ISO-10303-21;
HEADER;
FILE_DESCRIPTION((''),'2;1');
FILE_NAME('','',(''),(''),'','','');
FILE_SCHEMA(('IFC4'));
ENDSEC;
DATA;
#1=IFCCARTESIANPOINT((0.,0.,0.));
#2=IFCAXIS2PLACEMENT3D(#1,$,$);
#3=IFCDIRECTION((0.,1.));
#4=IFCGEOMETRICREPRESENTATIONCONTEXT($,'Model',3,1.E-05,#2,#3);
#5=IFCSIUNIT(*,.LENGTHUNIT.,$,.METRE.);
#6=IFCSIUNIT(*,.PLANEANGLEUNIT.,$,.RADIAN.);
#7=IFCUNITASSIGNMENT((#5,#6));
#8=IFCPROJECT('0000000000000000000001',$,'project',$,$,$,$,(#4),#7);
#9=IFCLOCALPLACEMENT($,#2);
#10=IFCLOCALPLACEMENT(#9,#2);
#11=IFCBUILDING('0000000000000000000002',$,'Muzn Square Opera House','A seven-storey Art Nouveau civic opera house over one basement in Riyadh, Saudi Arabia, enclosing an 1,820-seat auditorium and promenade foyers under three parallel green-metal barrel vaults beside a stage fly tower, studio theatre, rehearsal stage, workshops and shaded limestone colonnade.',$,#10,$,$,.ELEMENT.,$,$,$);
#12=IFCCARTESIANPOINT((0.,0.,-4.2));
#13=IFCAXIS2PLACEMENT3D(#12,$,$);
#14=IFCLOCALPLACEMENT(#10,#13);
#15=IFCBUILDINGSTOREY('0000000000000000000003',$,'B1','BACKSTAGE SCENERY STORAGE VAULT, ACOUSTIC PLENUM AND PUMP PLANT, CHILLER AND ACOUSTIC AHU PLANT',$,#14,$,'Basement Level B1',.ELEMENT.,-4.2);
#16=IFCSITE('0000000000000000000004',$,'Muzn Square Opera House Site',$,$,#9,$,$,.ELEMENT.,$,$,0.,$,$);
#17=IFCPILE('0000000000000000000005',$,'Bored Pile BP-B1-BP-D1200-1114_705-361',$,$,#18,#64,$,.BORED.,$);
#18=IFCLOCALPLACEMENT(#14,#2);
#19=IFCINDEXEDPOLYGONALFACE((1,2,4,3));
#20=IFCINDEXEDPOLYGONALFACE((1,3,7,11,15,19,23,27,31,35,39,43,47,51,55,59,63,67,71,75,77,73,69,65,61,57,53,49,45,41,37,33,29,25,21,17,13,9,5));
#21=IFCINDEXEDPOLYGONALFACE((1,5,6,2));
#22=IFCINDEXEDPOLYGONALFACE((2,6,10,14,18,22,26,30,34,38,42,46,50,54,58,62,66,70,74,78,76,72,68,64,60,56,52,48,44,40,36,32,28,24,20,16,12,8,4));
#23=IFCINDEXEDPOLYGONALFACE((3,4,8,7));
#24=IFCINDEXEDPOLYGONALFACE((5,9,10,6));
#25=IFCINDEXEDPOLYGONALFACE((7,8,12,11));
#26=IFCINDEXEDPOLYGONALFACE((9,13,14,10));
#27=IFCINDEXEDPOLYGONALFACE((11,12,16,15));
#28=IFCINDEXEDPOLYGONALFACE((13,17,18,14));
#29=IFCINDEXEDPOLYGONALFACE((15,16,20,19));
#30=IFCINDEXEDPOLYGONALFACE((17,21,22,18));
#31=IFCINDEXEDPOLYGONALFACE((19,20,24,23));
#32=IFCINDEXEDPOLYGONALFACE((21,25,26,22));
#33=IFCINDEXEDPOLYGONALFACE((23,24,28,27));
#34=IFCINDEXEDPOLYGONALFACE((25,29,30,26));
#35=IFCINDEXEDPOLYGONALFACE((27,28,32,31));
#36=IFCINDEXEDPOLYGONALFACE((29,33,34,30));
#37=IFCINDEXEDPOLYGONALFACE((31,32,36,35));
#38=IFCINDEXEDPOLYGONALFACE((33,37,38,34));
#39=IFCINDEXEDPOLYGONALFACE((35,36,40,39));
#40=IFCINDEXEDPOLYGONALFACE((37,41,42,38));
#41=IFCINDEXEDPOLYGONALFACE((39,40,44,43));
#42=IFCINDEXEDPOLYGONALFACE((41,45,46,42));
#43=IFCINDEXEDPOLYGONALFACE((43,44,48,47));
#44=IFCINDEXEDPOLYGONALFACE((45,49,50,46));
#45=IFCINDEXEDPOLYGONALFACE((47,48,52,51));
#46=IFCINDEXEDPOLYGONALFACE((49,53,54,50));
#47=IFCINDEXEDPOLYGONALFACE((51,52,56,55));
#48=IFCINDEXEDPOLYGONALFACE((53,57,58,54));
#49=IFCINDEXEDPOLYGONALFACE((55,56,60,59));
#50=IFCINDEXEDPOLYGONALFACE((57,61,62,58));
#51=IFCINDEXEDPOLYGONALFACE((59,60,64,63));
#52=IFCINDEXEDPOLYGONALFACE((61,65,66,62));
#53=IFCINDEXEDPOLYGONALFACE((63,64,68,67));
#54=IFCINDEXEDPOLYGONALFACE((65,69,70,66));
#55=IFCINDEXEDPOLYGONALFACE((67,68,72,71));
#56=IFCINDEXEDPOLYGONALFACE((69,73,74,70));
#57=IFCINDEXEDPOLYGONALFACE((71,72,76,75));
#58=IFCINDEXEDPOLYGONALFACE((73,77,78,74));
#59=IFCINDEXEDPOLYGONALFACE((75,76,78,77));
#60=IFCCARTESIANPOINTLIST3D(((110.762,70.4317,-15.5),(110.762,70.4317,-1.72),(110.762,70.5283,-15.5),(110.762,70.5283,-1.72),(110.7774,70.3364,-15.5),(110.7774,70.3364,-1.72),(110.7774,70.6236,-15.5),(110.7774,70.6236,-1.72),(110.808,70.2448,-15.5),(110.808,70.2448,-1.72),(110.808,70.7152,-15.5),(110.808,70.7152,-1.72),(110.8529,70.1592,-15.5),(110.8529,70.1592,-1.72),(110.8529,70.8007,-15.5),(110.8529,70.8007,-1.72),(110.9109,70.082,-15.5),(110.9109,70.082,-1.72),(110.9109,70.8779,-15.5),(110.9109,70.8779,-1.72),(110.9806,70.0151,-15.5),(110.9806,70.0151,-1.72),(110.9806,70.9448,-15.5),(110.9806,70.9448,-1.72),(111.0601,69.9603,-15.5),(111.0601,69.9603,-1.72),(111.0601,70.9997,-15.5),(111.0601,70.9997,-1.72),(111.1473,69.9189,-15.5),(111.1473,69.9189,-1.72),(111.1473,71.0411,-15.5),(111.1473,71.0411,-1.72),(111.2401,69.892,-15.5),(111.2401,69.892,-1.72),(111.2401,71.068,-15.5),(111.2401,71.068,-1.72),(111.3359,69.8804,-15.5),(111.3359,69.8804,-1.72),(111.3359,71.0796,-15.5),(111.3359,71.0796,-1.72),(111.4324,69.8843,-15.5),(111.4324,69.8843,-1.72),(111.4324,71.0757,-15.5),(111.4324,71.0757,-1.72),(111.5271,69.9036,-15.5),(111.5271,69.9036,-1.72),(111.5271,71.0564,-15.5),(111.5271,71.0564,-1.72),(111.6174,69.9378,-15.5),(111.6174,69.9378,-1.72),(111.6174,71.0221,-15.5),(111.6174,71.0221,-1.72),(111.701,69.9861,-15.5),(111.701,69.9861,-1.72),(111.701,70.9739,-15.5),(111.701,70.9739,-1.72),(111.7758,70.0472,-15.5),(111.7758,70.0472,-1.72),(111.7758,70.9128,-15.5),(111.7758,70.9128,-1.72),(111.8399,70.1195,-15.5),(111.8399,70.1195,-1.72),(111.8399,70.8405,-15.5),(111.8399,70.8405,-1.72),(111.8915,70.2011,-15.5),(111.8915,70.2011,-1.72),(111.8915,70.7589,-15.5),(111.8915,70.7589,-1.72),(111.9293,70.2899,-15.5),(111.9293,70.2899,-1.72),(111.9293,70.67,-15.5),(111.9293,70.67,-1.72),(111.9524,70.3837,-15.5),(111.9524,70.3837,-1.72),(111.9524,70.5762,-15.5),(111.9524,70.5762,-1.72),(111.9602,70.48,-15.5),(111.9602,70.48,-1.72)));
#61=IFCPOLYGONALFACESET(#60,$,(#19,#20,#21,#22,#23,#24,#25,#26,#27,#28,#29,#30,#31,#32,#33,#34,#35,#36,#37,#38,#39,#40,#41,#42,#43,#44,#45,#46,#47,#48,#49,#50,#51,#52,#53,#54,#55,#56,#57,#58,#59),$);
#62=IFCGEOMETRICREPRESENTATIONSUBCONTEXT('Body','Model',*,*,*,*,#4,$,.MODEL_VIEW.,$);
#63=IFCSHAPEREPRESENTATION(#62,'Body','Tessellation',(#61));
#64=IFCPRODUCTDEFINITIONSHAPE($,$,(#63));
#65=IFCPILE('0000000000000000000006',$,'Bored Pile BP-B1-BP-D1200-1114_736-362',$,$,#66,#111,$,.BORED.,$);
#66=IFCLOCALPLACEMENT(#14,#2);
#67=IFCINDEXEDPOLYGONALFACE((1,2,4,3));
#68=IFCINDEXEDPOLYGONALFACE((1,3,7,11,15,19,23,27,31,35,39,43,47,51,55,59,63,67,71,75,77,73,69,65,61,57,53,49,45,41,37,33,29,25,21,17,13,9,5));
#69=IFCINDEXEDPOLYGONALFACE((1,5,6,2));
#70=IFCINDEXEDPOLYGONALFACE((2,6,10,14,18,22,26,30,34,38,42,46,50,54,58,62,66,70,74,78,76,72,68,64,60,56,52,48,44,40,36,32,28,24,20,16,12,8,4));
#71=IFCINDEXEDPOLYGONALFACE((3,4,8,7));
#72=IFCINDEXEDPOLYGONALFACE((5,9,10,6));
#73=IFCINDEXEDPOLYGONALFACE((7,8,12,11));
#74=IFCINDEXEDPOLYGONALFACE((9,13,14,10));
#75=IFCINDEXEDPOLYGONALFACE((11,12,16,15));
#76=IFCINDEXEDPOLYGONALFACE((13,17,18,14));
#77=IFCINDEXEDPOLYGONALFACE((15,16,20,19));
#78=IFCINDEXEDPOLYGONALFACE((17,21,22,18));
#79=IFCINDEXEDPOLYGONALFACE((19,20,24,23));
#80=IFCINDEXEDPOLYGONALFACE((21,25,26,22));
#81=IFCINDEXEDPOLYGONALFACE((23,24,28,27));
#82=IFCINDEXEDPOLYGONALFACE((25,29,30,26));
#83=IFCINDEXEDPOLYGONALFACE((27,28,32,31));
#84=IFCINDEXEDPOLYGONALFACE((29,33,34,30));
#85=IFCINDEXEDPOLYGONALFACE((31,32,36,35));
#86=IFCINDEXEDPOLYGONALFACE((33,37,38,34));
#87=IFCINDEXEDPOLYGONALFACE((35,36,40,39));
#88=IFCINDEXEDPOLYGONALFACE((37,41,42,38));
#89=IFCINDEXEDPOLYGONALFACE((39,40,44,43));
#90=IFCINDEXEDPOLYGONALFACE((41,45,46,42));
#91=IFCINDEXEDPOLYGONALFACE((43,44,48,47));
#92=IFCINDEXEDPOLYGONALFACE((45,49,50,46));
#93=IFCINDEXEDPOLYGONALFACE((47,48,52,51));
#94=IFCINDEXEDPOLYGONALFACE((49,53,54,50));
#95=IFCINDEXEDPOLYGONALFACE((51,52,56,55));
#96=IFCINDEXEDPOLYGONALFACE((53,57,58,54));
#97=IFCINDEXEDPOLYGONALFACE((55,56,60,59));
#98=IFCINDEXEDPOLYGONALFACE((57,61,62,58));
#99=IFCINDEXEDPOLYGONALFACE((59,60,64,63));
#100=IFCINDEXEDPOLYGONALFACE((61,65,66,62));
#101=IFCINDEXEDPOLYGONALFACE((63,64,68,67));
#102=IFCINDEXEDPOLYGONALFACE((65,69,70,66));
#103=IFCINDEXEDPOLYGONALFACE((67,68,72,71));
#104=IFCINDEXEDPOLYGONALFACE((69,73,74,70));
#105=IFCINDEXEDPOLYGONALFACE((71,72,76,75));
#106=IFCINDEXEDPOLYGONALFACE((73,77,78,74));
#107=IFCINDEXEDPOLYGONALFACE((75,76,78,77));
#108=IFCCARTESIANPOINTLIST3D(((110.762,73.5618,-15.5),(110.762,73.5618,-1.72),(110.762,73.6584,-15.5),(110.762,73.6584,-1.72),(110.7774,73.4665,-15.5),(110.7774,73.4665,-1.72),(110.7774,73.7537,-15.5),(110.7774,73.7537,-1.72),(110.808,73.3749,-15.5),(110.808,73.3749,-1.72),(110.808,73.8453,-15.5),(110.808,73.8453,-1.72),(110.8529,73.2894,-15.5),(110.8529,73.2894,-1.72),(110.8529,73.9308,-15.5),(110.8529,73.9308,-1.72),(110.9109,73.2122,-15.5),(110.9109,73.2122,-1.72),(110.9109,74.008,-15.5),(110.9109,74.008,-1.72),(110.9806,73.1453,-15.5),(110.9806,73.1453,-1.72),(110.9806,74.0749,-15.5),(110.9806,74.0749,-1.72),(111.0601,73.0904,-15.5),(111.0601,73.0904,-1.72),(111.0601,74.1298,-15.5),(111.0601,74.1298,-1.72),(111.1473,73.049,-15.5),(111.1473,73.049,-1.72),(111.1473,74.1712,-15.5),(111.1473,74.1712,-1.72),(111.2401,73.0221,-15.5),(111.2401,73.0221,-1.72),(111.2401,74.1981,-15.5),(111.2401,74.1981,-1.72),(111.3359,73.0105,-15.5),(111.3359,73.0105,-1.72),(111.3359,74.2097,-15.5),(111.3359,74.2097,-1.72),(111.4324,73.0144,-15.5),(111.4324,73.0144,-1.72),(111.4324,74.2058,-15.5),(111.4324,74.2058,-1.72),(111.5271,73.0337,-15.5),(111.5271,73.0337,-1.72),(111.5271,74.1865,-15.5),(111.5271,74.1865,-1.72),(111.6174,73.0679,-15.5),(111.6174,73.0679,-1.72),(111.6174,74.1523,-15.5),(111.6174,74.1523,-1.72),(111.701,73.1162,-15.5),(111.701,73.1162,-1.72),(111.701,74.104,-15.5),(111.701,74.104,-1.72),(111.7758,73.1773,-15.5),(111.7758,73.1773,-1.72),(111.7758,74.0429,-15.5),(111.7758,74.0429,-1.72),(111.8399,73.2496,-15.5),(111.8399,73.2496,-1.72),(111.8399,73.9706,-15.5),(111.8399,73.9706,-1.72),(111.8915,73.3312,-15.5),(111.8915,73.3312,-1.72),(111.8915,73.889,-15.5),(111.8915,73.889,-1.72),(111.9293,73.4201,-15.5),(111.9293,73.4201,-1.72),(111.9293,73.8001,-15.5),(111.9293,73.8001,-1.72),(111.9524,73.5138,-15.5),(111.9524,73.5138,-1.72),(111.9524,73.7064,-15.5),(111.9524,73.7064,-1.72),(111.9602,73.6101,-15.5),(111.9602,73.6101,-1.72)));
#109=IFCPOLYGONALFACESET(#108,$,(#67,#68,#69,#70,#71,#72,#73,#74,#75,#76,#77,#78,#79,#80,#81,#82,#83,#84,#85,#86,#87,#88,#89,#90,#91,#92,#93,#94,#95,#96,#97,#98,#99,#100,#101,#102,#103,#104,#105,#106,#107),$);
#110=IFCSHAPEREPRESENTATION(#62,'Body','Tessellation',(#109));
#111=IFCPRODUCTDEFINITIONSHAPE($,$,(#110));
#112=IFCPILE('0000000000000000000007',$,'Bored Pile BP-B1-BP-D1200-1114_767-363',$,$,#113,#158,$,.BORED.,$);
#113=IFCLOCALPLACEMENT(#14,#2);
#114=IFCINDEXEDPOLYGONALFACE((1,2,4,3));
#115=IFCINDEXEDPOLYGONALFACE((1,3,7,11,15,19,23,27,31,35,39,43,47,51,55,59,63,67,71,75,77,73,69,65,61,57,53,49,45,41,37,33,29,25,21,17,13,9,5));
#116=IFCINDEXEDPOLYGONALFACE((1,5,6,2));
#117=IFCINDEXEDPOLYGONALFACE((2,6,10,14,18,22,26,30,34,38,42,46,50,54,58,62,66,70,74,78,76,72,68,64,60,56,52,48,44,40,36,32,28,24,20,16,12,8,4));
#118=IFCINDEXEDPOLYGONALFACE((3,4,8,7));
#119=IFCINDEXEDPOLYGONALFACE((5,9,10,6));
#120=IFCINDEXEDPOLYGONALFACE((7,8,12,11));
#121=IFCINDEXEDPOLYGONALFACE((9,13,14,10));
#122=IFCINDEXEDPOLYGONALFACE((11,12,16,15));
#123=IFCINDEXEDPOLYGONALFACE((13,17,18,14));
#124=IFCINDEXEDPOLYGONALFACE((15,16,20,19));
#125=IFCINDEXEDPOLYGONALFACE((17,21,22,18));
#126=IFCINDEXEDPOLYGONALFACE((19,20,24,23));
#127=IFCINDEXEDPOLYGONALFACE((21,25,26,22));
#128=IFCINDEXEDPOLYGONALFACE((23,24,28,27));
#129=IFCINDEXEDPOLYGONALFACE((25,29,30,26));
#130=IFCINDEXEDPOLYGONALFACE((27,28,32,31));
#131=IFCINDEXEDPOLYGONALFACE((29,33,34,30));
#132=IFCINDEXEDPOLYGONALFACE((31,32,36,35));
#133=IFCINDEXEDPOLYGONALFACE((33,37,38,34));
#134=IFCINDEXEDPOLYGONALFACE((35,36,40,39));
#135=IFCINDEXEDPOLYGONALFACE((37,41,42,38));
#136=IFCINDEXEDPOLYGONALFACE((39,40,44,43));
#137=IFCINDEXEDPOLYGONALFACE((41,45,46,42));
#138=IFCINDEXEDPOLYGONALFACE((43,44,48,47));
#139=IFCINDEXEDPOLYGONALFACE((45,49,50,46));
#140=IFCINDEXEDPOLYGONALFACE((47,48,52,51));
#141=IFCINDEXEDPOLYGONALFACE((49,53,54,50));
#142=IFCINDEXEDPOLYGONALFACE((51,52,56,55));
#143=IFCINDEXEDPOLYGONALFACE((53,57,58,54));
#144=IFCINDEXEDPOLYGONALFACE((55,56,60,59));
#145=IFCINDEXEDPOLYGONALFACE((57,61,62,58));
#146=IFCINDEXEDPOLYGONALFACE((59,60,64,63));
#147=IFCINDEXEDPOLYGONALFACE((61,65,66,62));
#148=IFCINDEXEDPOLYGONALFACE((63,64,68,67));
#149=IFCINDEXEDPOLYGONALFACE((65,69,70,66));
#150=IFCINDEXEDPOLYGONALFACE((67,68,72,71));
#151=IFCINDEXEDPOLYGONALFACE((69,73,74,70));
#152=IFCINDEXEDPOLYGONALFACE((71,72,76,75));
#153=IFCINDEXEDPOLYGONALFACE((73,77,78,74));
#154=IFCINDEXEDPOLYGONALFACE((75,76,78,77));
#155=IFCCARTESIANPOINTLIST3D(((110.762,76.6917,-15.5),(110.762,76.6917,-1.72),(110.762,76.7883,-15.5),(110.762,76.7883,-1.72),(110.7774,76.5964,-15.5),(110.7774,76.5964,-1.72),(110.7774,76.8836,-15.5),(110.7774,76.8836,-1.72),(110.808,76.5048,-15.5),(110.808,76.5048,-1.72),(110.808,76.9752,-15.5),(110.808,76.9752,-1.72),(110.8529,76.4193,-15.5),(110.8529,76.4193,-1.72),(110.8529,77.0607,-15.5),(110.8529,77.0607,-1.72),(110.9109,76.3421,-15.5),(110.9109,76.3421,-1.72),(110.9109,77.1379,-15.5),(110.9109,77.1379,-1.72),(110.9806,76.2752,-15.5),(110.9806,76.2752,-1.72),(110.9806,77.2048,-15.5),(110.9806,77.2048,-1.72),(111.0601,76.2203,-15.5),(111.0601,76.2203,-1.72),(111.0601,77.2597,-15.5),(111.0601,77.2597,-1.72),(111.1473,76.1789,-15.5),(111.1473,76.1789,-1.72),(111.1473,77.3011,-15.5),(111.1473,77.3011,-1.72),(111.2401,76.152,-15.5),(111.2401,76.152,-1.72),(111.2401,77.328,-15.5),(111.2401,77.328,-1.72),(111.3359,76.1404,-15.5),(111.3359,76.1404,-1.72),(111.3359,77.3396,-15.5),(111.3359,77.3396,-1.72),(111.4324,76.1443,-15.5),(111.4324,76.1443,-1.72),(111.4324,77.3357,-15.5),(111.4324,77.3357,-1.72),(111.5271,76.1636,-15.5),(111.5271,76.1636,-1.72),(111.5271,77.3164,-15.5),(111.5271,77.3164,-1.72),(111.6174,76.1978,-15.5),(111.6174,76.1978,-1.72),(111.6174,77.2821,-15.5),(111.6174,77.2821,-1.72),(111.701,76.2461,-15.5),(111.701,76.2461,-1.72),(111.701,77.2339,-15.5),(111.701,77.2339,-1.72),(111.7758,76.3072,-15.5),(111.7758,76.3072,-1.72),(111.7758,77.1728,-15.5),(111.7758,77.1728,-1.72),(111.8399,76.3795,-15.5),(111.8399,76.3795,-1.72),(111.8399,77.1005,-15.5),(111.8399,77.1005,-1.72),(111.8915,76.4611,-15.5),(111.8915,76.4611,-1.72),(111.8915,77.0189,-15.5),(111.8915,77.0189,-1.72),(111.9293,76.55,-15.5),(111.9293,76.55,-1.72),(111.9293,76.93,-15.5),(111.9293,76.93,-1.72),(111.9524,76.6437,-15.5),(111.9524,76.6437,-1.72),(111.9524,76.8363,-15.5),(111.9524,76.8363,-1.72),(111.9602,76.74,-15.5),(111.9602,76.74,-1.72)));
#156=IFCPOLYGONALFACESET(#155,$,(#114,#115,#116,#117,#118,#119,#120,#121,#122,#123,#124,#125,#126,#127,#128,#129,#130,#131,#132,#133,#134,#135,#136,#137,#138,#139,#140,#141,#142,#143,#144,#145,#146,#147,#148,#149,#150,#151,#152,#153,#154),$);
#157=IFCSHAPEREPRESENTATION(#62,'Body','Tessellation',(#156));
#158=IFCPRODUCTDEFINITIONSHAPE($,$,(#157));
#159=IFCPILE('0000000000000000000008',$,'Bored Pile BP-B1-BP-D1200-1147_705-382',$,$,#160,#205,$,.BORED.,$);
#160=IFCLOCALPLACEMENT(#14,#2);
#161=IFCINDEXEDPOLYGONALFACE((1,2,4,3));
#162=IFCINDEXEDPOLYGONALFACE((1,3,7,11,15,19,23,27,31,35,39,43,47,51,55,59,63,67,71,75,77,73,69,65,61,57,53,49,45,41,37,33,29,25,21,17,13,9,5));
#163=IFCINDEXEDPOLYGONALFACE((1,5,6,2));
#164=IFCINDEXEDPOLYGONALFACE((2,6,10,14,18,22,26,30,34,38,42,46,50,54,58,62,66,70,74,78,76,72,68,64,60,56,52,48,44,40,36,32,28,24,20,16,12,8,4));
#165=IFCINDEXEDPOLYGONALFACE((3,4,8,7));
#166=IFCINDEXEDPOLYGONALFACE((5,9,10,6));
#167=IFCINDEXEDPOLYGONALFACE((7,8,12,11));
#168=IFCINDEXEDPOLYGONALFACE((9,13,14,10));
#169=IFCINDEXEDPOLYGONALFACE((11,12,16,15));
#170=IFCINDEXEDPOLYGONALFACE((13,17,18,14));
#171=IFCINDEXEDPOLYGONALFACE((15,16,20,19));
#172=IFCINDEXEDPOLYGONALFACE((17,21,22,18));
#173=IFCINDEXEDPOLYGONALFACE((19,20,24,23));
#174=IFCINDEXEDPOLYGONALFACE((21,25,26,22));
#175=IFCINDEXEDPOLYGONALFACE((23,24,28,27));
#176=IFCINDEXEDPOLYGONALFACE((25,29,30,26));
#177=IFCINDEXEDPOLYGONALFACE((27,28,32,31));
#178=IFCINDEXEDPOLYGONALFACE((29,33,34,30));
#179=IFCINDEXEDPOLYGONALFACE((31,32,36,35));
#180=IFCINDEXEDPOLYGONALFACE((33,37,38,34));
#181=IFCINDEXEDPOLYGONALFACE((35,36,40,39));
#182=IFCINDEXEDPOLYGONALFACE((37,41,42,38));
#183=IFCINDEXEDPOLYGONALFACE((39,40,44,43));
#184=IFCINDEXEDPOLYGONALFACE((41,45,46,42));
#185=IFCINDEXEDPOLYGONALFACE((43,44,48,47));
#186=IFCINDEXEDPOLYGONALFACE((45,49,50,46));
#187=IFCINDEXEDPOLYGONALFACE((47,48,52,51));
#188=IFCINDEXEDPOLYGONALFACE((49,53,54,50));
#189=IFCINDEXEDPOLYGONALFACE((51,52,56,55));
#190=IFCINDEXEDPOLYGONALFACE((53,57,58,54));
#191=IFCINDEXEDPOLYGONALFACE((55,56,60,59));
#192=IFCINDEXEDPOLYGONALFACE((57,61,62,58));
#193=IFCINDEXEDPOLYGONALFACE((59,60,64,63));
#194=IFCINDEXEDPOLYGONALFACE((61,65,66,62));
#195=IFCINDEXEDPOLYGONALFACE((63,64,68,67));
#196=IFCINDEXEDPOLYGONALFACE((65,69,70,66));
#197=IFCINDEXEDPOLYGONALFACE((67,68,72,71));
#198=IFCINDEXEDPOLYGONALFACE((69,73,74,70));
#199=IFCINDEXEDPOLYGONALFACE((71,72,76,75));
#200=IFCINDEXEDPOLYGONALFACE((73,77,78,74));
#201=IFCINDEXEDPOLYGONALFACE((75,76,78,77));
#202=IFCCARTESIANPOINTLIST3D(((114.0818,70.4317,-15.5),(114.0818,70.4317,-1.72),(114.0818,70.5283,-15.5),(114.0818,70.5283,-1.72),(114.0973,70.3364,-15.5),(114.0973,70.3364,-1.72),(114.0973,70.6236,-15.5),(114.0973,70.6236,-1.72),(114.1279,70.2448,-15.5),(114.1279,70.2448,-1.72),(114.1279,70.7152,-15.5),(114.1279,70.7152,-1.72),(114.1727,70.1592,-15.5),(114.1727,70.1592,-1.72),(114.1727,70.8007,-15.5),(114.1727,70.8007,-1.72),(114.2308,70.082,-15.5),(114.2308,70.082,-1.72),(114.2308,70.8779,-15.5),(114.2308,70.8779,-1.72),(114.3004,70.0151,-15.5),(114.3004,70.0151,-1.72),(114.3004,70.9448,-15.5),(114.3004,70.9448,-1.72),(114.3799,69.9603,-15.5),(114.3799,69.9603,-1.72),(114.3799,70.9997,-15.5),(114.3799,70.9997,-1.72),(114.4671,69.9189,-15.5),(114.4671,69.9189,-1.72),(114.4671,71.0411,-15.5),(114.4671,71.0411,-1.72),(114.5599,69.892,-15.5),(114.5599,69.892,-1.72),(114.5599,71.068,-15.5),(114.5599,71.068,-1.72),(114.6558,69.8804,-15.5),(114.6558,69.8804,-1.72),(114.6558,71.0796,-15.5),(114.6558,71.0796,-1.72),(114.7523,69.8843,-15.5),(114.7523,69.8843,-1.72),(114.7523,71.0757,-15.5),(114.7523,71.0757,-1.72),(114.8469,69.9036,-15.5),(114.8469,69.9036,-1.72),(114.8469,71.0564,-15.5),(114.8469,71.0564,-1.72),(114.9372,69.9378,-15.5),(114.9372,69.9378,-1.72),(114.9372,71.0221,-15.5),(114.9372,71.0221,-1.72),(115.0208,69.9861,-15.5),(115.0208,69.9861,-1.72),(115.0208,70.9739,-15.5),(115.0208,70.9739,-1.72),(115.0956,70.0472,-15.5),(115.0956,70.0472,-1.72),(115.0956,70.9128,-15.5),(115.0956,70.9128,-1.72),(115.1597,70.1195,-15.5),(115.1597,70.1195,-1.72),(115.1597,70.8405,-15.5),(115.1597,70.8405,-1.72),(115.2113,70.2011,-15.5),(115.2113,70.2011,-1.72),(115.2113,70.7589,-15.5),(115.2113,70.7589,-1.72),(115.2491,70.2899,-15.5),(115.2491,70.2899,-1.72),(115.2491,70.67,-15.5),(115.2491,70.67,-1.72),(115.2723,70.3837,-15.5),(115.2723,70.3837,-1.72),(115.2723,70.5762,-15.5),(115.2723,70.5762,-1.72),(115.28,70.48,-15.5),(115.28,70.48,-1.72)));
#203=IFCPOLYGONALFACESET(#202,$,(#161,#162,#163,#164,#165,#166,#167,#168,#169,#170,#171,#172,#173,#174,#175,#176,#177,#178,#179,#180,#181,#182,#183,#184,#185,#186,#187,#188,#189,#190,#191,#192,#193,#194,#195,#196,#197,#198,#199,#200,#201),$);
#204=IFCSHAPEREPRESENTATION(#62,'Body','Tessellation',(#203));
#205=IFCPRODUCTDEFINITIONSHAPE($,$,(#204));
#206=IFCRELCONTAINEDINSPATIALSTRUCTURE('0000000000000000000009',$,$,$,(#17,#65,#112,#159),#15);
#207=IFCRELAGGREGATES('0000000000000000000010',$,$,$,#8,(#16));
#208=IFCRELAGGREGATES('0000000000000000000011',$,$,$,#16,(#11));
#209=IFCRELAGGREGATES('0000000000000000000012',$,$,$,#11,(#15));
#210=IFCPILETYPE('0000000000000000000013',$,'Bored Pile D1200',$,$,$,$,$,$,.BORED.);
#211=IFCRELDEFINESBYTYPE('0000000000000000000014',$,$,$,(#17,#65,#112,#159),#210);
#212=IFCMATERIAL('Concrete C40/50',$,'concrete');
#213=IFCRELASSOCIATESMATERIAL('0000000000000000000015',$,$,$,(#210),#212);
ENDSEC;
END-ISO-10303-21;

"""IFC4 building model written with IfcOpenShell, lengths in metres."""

from ifc_helpers import new_model, si_unit, direction, frame, origin, origin_2d, place, context, subcontext, project, spatial, circle, extrude, material, material_profile, profile_set, type_object, element, save


model = new_model("IFC4")

# Units and contexts
model_context = context("Model", 3, precision=1e-05, world=origin(), true_north=direction((0.0, 1.0)))
body_context = subcontext(model_context, "Body", "Model", "MODEL_VIEW")
ifc_project = project(units=[si_unit("LENGTHUNIT", "METRE"), si_unit("PLANEANGLEUNIT", "RADIAN")], contexts=[model_context])

# Site, building, storey
site_placement = place(None, origin())
site = spatial("IfcSite", under=ifc_project, at=site_placement, Name="Muzn Square Opera House Site", CompositionType="ELEMENT", RefElevation=0.0)
building_placement = place(site_placement, origin())
building = spatial("IfcBuilding", under=site, at=building_placement, Name="Muzn Square Opera House", Description="A seven-storey Art Nouveau civic opera house over one basement in Riyadh, Saudi Arabia, enclosing an 1,820-seat auditorium and promenade foyers under three parallel green-metal barrel vaults beside a stage fly tower, studio theatre, rehearsal stage, workshops and shaded limestone colonnade.", CompositionType="ELEMENT")
storey_placement = place(building_placement, frame((0.0, 0.0, -4.2)))
storey = spatial("IfcBuildingStorey", under=building, at=storey_placement, Name="B1", Description="BACKSTAGE SCENERY STORAGE VAULT, ACOUSTIC PLENUM AND PUMP PLANT, CHILLER AND ACOUSTIC AHU PLANT", LongName="Basement Level B1", CompositionType="ELEMENT", Elevation=-4.2)

# Piles
ifc_material_1 = material(Name="Concrete C40/50", Category="concrete")
ifc_material_profile_1 = material_profile(ifc_material_1, circle(Radius=0.6001, at=origin_2d()), Name="BORED PILE D1200", Category="concrete")
ifc_profile_set_1 = profile_set([ifc_material_profile_1], Name="Concrete C40/50")
pile_type = type_object("IfcPileType", Name="Bored Pile D1200", PredefinedType="BORED", material=ifc_profile_set_1)
for number, where, z_axis, x_axis, name in (
    (1, (111.3601, 70.48, -1.72), (0.0, 0.0, -1.0), (1.0, 0.0, 0.0), "Bored Pile BP-B1-BP-D1200-1114_705-361"),
    (2, (111.3601, 73.6101, -1.72), (0.0, 0.0, -1.0), (1.0, 0.0, 0.0), "Bored Pile BP-B1-BP-D1200-1114_736-362"),
    (3, (111.3601, 76.74, -1.72), (0.0, 0.0, -1.0), (1.0, 0.0, 0.0), "Bored Pile BP-B1-BP-D1200-1114_767-363"),
    (4, (114.6799, 70.48, -1.72), (0.0, 0.0, -1.0), (1.0, 0.0, 0.0), "Bored Pile BP-B1-BP-D1200-1147_705-382"),
):
    element("IfcPile", number, at=place(storey_placement, frame(where, z_axis=z_axis, x_axis=x_axis)), inside=storey, type_object=pile_type, Name=name, PredefinedType="BORED", context=body_context, shape_type="SweptSolid", body=[
        extrude(circle(Radius=0.6001, at=origin_2d()), origin(), (0.0, 0.0, 1.0), 13.78),
    ])

save(model, "model.ifc")
